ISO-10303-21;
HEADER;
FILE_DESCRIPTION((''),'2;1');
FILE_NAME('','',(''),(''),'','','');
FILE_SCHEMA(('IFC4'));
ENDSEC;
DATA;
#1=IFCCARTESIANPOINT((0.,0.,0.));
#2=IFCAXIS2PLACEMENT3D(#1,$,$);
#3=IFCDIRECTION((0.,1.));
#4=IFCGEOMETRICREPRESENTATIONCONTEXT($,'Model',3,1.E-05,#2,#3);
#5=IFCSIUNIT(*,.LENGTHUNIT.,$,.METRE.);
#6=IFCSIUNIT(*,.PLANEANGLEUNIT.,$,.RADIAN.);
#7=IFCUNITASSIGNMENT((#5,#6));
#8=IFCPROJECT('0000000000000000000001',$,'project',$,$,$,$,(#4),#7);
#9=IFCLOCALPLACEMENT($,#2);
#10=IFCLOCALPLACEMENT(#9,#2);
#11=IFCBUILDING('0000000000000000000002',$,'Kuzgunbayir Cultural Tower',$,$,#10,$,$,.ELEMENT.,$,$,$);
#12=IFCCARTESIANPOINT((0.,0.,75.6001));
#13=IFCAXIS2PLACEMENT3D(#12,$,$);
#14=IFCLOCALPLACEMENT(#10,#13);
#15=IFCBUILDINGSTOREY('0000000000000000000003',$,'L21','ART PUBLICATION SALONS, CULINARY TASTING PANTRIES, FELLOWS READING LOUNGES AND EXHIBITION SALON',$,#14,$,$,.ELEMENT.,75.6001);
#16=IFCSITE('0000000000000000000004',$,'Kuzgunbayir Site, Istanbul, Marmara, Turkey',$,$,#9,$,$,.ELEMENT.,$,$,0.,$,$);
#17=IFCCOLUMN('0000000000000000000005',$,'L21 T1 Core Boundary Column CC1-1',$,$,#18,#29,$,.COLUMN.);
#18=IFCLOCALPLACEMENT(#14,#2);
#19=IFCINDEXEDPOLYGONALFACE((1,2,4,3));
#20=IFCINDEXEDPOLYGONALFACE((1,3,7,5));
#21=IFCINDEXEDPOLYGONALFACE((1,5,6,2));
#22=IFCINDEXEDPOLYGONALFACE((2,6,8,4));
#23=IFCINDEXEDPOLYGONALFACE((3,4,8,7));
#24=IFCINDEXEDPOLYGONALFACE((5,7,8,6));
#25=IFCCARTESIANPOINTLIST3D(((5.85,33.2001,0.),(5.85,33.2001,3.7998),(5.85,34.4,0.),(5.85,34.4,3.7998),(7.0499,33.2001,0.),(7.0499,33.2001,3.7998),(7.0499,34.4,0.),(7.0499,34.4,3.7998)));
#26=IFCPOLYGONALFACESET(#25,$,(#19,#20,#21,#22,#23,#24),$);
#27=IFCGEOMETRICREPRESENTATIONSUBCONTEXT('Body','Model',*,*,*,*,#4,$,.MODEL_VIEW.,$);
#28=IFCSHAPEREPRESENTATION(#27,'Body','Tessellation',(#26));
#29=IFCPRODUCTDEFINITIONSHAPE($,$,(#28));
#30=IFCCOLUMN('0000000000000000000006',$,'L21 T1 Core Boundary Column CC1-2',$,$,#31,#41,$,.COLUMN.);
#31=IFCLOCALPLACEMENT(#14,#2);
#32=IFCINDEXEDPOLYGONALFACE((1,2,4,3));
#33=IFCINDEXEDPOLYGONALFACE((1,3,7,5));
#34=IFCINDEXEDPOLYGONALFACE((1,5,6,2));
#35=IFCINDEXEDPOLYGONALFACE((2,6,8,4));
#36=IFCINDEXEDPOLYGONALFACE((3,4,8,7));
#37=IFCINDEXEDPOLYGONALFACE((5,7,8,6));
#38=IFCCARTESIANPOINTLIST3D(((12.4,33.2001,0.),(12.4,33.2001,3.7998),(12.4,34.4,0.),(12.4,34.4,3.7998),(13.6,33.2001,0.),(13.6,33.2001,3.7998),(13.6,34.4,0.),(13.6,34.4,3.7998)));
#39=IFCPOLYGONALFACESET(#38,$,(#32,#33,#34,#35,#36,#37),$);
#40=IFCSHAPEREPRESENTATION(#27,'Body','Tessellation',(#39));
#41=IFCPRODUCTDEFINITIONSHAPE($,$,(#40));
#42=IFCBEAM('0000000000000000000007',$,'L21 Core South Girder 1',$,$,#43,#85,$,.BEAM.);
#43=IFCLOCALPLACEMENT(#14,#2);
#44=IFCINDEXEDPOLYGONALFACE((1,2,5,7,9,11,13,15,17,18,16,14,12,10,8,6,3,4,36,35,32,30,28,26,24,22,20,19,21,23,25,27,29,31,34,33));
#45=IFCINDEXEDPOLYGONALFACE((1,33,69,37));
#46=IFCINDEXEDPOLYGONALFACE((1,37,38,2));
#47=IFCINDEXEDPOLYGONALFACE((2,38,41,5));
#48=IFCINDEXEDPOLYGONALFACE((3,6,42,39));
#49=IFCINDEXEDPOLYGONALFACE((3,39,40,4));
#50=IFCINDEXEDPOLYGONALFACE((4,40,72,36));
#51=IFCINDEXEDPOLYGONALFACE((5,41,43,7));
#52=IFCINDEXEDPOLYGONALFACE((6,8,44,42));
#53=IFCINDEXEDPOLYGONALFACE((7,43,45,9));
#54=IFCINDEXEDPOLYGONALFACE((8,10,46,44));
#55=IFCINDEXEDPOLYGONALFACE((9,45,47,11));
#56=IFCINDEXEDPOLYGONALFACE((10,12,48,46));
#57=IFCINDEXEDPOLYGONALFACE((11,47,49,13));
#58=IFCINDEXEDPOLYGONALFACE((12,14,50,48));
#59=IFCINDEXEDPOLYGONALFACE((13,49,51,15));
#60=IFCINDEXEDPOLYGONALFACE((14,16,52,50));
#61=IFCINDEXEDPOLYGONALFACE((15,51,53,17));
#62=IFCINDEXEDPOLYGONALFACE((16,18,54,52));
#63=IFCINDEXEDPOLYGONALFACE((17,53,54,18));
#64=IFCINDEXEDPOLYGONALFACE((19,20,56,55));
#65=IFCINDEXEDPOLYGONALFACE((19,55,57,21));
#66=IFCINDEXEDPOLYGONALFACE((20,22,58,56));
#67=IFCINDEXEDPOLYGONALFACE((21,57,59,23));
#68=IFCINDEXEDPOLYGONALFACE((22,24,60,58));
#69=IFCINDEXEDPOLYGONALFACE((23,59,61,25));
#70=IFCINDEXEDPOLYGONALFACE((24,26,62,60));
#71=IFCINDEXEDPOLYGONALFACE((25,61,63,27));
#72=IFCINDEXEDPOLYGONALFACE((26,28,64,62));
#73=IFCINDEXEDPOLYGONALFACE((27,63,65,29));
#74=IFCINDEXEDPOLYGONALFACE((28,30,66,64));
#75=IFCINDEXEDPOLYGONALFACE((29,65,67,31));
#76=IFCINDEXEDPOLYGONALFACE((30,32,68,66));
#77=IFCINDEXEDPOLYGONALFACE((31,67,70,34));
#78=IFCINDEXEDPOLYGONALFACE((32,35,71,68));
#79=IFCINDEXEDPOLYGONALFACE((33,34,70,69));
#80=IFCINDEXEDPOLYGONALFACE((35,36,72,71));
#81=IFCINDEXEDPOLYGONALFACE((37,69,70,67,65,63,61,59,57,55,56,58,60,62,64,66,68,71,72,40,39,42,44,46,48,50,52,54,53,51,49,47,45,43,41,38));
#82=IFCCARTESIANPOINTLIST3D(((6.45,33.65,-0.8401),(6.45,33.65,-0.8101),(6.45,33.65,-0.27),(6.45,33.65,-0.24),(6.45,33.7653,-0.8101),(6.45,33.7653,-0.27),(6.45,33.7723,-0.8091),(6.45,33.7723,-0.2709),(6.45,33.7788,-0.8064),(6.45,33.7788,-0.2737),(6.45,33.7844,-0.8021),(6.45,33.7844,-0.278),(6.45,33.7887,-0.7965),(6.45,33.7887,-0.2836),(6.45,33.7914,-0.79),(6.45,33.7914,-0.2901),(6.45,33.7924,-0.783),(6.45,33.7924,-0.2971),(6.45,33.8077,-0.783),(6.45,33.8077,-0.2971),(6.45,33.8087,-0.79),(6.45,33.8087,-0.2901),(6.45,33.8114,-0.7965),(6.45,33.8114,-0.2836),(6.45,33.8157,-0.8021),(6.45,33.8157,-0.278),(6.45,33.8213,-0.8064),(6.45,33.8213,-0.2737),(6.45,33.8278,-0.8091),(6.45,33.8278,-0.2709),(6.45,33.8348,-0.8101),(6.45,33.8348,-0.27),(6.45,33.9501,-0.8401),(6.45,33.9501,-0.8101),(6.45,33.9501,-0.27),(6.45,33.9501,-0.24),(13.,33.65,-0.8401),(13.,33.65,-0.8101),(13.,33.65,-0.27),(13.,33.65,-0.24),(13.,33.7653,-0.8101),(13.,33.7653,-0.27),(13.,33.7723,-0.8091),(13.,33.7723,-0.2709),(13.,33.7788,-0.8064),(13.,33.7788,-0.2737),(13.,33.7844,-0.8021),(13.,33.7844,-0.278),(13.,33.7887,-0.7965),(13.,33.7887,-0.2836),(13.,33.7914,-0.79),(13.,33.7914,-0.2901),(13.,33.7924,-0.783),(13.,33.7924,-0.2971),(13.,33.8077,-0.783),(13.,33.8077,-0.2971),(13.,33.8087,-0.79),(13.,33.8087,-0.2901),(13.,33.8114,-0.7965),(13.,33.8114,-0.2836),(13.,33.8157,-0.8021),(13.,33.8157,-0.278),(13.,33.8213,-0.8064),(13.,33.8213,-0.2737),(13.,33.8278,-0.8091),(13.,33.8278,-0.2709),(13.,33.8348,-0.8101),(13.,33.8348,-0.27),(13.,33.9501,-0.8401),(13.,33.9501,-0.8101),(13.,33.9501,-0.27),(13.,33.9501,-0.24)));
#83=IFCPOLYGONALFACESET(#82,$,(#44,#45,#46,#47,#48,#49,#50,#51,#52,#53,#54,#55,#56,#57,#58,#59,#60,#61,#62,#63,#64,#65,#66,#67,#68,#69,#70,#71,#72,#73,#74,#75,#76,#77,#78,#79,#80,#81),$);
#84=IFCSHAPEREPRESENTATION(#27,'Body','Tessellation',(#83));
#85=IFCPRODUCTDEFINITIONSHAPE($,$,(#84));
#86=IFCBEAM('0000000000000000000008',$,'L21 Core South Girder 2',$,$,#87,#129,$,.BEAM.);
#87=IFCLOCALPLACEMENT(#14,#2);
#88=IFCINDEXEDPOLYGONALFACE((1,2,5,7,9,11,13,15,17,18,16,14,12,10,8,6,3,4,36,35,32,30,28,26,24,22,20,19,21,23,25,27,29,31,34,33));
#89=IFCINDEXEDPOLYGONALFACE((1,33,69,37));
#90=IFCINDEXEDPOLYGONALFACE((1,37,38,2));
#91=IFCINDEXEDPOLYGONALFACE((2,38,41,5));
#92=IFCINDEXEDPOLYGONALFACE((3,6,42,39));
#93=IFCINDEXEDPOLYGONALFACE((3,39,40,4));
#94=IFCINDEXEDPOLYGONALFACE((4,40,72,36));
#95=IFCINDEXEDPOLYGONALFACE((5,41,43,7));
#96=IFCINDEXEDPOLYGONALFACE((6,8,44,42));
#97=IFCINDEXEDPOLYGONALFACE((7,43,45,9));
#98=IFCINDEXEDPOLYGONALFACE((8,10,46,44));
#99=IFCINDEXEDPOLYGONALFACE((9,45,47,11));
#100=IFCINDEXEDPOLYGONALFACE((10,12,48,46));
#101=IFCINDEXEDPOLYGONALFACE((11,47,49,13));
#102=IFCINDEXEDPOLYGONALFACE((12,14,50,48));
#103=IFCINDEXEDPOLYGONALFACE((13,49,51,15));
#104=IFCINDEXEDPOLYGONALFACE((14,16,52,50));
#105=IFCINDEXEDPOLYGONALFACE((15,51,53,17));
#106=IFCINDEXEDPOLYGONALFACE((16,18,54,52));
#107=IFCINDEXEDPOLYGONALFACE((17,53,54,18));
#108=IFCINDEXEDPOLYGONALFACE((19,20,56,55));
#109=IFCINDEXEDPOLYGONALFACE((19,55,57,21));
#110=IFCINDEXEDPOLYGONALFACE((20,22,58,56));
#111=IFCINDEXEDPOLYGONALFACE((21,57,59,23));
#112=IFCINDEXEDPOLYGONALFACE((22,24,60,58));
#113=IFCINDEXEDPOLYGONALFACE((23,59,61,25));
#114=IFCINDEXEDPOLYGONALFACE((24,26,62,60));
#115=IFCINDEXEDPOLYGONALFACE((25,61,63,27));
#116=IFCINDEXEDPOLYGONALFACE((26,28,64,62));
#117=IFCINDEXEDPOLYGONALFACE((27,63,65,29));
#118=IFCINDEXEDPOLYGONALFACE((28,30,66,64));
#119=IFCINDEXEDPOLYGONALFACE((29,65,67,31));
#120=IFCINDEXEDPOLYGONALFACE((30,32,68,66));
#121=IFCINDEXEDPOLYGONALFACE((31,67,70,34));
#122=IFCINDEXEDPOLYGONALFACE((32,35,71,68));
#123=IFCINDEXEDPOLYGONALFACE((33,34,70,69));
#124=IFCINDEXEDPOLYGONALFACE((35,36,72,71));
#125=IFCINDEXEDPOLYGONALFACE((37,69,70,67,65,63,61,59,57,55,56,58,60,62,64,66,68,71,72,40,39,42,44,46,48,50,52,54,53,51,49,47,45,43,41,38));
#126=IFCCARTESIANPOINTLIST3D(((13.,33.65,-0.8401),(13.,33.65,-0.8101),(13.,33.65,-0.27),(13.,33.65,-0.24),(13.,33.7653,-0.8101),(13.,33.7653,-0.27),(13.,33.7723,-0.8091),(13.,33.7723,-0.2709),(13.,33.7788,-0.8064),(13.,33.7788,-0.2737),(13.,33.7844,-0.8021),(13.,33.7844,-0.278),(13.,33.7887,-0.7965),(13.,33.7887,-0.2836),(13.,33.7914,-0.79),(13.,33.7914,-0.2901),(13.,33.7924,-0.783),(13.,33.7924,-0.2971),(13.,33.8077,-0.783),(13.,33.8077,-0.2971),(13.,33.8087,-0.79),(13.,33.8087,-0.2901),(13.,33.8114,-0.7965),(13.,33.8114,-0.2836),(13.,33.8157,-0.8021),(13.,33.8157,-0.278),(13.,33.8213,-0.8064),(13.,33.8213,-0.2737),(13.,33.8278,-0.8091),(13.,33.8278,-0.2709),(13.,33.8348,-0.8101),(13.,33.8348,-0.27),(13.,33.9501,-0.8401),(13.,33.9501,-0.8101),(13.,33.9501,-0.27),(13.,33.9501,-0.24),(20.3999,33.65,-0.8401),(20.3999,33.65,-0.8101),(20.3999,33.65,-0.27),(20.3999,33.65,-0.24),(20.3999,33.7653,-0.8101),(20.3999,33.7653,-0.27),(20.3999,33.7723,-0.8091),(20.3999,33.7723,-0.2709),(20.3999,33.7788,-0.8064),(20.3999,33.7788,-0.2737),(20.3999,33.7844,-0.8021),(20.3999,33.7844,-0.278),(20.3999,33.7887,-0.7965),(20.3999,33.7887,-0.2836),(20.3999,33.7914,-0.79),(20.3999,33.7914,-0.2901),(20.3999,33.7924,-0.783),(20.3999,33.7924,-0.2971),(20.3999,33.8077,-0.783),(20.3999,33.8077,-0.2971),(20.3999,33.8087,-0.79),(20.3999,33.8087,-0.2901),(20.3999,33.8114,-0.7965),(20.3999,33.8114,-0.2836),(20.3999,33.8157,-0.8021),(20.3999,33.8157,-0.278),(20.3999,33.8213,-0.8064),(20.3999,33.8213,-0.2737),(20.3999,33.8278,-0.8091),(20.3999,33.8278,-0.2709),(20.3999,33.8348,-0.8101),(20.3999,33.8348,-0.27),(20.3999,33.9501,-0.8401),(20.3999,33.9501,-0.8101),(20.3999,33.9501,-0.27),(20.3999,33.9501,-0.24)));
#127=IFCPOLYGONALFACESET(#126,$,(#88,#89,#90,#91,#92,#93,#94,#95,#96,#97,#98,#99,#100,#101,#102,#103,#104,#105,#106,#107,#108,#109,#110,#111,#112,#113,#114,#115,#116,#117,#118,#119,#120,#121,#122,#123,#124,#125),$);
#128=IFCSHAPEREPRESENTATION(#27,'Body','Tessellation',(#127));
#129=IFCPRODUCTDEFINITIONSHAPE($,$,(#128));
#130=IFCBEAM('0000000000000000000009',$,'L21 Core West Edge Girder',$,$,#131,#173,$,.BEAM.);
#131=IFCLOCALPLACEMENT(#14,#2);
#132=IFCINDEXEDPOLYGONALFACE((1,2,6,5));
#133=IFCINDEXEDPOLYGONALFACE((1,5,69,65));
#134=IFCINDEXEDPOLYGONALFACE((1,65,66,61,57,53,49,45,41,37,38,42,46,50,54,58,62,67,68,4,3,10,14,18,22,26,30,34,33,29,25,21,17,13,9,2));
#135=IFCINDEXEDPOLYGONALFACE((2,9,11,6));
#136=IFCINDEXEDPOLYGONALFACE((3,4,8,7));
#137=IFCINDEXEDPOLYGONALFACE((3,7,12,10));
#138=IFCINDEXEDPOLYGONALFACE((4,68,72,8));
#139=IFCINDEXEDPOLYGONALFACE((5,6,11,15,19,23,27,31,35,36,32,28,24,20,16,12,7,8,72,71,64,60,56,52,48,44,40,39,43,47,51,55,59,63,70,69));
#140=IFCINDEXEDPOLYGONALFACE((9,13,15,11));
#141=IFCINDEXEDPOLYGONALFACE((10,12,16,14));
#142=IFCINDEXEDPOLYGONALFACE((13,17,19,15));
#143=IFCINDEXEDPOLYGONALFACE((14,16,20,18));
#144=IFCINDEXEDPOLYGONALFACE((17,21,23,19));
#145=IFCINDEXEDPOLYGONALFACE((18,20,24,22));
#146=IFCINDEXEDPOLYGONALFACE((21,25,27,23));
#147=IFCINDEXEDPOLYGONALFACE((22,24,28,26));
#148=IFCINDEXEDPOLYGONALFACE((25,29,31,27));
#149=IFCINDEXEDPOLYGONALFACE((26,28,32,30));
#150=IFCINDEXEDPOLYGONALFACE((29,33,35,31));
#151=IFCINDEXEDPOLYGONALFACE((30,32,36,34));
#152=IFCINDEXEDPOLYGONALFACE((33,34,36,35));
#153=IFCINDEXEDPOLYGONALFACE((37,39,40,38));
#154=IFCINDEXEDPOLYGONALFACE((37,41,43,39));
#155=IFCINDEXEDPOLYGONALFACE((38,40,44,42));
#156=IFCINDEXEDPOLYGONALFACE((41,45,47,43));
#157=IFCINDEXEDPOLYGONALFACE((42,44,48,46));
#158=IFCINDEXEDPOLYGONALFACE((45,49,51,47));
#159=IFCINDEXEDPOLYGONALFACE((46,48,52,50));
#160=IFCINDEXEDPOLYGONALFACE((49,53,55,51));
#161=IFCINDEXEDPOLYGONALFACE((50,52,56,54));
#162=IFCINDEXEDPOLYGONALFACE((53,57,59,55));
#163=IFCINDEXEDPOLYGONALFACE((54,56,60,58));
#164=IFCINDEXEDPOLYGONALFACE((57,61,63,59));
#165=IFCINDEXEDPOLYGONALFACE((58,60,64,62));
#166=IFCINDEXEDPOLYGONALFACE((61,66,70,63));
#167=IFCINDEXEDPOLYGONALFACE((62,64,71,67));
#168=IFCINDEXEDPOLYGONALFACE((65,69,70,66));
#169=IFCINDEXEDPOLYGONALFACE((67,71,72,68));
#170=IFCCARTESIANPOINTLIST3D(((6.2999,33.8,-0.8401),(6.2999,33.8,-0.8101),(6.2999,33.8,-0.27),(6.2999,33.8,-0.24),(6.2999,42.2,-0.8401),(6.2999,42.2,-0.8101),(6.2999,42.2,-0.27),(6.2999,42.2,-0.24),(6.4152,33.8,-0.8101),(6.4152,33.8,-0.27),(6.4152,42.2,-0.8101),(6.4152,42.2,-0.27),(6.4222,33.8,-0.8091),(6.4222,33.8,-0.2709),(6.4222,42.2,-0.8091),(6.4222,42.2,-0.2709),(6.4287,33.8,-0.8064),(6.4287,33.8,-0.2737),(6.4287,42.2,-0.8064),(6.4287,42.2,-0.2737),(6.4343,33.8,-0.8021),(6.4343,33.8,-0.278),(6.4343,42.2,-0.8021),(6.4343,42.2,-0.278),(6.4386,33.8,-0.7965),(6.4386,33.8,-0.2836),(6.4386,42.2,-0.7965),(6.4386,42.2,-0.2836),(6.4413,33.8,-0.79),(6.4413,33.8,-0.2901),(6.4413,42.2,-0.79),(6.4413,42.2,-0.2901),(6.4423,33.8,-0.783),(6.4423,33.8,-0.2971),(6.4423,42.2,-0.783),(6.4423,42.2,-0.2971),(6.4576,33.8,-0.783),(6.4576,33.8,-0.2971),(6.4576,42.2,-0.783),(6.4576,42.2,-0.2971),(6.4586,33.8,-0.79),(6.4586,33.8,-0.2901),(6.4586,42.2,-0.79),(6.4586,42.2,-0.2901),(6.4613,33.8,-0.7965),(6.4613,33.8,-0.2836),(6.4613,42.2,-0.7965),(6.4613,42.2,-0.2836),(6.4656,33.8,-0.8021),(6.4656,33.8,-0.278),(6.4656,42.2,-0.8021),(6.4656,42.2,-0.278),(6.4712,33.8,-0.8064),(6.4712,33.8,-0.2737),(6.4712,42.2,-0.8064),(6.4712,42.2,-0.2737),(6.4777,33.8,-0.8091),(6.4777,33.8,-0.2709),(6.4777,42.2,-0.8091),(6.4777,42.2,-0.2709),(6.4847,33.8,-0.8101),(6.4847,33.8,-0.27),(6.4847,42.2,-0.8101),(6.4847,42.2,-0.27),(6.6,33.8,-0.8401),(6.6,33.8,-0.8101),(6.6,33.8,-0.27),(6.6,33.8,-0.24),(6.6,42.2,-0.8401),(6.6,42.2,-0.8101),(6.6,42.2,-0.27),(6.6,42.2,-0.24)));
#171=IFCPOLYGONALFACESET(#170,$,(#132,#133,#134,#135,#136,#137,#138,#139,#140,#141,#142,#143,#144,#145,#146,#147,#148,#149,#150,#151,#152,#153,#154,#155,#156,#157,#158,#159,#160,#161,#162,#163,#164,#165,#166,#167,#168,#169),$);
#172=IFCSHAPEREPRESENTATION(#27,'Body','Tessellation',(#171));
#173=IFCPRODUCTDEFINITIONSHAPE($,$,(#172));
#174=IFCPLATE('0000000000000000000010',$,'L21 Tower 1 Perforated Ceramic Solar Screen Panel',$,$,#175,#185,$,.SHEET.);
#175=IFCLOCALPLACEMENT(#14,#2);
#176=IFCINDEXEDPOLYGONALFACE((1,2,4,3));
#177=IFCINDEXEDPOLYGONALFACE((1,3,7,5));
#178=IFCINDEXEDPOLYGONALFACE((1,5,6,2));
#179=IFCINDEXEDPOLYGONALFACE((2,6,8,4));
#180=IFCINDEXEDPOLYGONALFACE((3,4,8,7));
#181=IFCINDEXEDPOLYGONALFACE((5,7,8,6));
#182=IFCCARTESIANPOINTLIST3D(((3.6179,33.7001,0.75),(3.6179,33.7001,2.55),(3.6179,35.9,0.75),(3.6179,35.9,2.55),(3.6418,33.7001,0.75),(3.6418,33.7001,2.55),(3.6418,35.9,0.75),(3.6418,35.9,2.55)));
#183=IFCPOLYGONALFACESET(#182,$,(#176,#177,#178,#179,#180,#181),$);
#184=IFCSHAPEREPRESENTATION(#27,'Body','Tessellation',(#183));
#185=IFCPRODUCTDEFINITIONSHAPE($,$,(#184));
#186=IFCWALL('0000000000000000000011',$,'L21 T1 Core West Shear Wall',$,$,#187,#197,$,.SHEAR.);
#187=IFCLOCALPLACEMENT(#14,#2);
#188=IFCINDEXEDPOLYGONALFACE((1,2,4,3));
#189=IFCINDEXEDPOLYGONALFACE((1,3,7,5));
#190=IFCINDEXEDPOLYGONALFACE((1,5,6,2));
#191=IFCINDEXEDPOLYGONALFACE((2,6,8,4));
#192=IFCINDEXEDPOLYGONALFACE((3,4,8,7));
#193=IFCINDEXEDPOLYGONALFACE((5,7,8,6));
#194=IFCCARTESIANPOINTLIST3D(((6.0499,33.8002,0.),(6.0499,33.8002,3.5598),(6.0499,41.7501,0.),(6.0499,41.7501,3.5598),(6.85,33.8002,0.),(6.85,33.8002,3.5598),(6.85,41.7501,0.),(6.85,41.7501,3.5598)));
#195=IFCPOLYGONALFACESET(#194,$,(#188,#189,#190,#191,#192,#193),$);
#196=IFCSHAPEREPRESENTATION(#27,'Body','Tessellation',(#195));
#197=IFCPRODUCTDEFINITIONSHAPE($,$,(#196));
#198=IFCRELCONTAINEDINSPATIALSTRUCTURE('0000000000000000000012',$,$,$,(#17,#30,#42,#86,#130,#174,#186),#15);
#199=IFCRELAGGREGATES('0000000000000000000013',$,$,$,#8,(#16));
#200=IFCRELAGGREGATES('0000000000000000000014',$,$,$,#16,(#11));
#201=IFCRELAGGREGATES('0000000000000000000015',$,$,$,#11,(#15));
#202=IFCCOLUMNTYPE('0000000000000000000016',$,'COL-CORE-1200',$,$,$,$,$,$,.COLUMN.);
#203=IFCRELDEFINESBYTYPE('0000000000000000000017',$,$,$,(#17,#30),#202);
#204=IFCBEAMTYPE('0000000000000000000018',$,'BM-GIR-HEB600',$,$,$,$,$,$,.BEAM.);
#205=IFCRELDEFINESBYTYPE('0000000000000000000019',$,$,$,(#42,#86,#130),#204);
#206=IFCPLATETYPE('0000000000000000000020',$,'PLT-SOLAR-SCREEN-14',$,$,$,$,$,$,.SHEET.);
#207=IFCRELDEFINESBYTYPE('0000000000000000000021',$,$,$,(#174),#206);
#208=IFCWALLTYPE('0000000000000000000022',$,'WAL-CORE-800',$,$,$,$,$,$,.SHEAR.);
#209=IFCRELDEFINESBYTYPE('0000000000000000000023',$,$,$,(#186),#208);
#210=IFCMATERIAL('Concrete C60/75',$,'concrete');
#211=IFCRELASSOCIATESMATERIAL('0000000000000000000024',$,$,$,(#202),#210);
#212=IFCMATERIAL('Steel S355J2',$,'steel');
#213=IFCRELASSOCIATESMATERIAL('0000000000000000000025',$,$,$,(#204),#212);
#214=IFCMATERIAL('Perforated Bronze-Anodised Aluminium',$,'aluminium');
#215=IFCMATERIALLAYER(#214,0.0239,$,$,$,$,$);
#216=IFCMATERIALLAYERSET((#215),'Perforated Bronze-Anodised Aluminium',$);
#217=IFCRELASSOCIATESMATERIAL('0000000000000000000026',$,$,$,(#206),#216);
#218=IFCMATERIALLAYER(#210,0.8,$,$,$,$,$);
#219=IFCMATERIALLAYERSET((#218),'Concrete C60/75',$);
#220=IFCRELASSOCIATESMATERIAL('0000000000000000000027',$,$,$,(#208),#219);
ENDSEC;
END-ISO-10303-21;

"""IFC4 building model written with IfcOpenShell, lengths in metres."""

from ifc_helpers import new_model, si_unit, direction, frame, frame_2d, origin, origin_2d, place, context, subcontext, project, spatial, rectangle, i_section, extrude, material, layer, layer_set, material_profile, profile_set, type_object, element, save


model = new_model("IFC4")

# Units and contexts
model_context = context("Model", 3, precision=1e-05, world=origin(), true_north=direction((0.0, 1.0)))
body_context = subcontext(model_context, "Body", "Model", "MODEL_VIEW")
ifc_project = project(units=[si_unit("LENGTHUNIT", "METRE"), si_unit("PLANEANGLEUNIT", "RADIAN")], contexts=[model_context])

# Site, building, storey
site_placement = place(None, origin())
site = spatial("IfcSite", under=ifc_project, at=site_placement, Name="Kuzgunbayir Site, Istanbul, Marmara, Turkey", CompositionType="ELEMENT", RefElevation=0.0)
building_placement = place(site_placement, origin())
building = spatial("IfcBuilding", under=site, at=building_placement, Name="Kuzgunbayir Cultural Tower", CompositionType="ELEMENT")
storey_placement = place(building_placement, frame((0.0, 0.0, 75.6001)))
storey = spatial("IfcBuildingStorey", under=building, at=storey_placement, Name="L21", Description="ART PUBLICATION SALONS, CULINARY TASTING PANTRIES, FELLOWS READING LOUNGES AND EXHIBITION SALON", CompositionType="ELEMENT", Elevation=75.6001)

# Columns
ifc_material_1 = material(Name="Concrete C60/75", Category="concrete")
ifc_material_profile_1 = material_profile(ifc_material_1, rectangle(XDim=1.2, YDim=1.2, at=origin_2d()), Name="RC 1200x1200")
ifc_profile_set_1 = profile_set([ifc_material_profile_1], Name="Concrete C60/75")
column_type = type_object("IfcColumnType", Name="COL-CORE-1200", PredefinedType="COLUMN", material=ifc_profile_set_1)
for number, where, z_axis, x_axis, name in (
    (1, (6.45, 33.8, 0.0), (0.0, 0.0, 1.0), (1.0, 0.0, 0.0), "L21 T1 Core Boundary Column CC1-1"),
    (2, (13.0, 33.8, 0.0), (0.0, 0.0, 1.0), (1.0, 0.0, 0.0), "L21 T1 Core Boundary Column CC1-2"),
):
    element("IfcColumn", number, at=place(storey_placement, frame(where, z_axis=z_axis, x_axis=x_axis)), inside=storey, type_object=column_type, Name=name, PredefinedType="COLUMN", context=body_context, shape_type="SweptSolid", body=[
        extrude(rectangle(XDim=1.2, YDim=1.2, at=origin_2d()), origin(), (0.0, 0.0, 1.0), 3.7998),
    ])

# Beams
ifc_material_2 = material(Name="Steel S355J2", Category="steel")
ifc_material_profile_2 = material_profile(ifc_material_2, i_section(OverallWidth=0.3, OverallDepth=0.6001, WebThickness=0.0154, FlangeThickness=0.03, FilletRadius=0.0271, at=origin_2d()), Name="HEB 600")
ifc_profile_set_2 = profile_set([ifc_material_profile_2], Name="Steel S355J2")
beam_type = type_object("IfcBeamType", Name="BM-GIR-HEB600", PredefinedType="BEAM", material=ifc_profile_set_2)
beam_1_placement = place(storey_placement, frame((6.45, 33.8, -0.54), z_axis=(1.0, 0.0, 0.0), x_axis=(0.0, 1.0, 0.0)))
element("IfcBeam", 3, at=beam_1_placement, inside=storey, type_object=beam_type, Name="L21 Core South Girder 1", PredefinedType="BEAM", context=body_context, shape_type="SweptSolid", body=[
    extrude(i_section(OverallWidth=0.3, OverallDepth=0.6001, WebThickness=0.0154, FlangeThickness=0.03, FilletRadius=0.0271, at=origin_2d()), origin(), (0.0, 0.0, 1.0), 6.55),
])
beam_2_placement = place(storey_placement, frame((13.0, 33.8, -0.54), z_axis=(1.0, 0.0, 0.0), x_axis=(0.0, 1.0, 0.0)))
element("IfcBeam", 4, at=beam_2_placement, inside=storey, type_object=beam_type, Name="L21 Core South Girder 2", PredefinedType="BEAM", context=body_context, shape_type="SweptSolid", body=[
    extrude(i_section(OverallWidth=0.3, OverallDepth=0.6001, WebThickness=0.0154, FlangeThickness=0.03, FilletRadius=0.0271, at=origin_2d()), origin(), (0.0, 0.0, 1.0), 7.3999),
])
beam_3_placement = place(storey_placement, frame((6.45, 33.8, -0.54), z_axis=(0.0, 1.0, 0.0), x_axis=(-1.0, 0.0, 0.0)))
element("IfcBeam", 5, at=beam_3_placement, inside=storey, type_object=beam_type, Name="L21 Core West Edge Girder", PredefinedType="BEAM", context=body_context, shape_type="SweptSolid", body=[
    extrude(i_section(OverallWidth=0.3, OverallDepth=0.6001, WebThickness=0.0154, FlangeThickness=0.03, FilletRadius=0.0271, at=origin_2d()), origin(), (0.0, 0.0, 1.0), 8.3999),
])

# Plate
ifc_material_3 = material(Name="Perforated Bronze-Anodised Aluminium", Category="aluminium")
ifc_layer_1 = layer(ifc_material_3, 0.0239)
ifc_layer_set_1 = layer_set([ifc_layer_1], Name="Perforated Bronze-Anodised Aluminium")
plate_type = type_object("IfcPlateType", Name="PLT-SOLAR-SCREEN-14", PredefinedType="SHEET", material=ifc_layer_set_1)
plate_placement = place(storey_placement, frame((3.6299, 34.8, 0.75), z_axis=(0.0, 0.0, 1.0), x_axis=(1.0, 0.0, 0.0)))
element("IfcPlate", 6, at=plate_placement, inside=storey, type_object=plate_type, Name="L21 Tower 1 Perforated Ceramic Solar Screen Panel", PredefinedType="SHEET", context=body_context, shape_type="SweptSolid", body=[
    extrude(rectangle(XDim=0.0239, YDim=2.2, at=origin_2d()), origin(), (0.0, 0.0, 1.0), 1.8),
])

# Wall
ifc_layer_2 = layer(ifc_material_1, 0.8)
ifc_layer_set_2 = layer_set([ifc_layer_2], Name="Concrete C60/75")
wall_type_1 = type_object("IfcWallType", Name="WAL-CORE-800", PredefinedType="SHEAR", material=ifc_layer_set_2)
wall_1_placement = place(storey_placement, frame((6.45, 33.8, 0.0), z_axis=(0.0, 0.0, 1.0), x_axis=(0.0, 1.0, 0.0)))
element("IfcWall", 7, at=wall_1_placement, inside=storey, type_object=wall_type_1, Name="L21 T1 Core West Shear Wall", PredefinedType="SHEAR", context=body_context, shape_type="SweptSolid", body=[
    extrude(rectangle(XDim=7.95, YDim=0.8, at=frame_2d((3.9751, 0.0))), origin(), (0.0, 0.0, 1.0), 3.5598),
])

save(model, "model.ifc")
